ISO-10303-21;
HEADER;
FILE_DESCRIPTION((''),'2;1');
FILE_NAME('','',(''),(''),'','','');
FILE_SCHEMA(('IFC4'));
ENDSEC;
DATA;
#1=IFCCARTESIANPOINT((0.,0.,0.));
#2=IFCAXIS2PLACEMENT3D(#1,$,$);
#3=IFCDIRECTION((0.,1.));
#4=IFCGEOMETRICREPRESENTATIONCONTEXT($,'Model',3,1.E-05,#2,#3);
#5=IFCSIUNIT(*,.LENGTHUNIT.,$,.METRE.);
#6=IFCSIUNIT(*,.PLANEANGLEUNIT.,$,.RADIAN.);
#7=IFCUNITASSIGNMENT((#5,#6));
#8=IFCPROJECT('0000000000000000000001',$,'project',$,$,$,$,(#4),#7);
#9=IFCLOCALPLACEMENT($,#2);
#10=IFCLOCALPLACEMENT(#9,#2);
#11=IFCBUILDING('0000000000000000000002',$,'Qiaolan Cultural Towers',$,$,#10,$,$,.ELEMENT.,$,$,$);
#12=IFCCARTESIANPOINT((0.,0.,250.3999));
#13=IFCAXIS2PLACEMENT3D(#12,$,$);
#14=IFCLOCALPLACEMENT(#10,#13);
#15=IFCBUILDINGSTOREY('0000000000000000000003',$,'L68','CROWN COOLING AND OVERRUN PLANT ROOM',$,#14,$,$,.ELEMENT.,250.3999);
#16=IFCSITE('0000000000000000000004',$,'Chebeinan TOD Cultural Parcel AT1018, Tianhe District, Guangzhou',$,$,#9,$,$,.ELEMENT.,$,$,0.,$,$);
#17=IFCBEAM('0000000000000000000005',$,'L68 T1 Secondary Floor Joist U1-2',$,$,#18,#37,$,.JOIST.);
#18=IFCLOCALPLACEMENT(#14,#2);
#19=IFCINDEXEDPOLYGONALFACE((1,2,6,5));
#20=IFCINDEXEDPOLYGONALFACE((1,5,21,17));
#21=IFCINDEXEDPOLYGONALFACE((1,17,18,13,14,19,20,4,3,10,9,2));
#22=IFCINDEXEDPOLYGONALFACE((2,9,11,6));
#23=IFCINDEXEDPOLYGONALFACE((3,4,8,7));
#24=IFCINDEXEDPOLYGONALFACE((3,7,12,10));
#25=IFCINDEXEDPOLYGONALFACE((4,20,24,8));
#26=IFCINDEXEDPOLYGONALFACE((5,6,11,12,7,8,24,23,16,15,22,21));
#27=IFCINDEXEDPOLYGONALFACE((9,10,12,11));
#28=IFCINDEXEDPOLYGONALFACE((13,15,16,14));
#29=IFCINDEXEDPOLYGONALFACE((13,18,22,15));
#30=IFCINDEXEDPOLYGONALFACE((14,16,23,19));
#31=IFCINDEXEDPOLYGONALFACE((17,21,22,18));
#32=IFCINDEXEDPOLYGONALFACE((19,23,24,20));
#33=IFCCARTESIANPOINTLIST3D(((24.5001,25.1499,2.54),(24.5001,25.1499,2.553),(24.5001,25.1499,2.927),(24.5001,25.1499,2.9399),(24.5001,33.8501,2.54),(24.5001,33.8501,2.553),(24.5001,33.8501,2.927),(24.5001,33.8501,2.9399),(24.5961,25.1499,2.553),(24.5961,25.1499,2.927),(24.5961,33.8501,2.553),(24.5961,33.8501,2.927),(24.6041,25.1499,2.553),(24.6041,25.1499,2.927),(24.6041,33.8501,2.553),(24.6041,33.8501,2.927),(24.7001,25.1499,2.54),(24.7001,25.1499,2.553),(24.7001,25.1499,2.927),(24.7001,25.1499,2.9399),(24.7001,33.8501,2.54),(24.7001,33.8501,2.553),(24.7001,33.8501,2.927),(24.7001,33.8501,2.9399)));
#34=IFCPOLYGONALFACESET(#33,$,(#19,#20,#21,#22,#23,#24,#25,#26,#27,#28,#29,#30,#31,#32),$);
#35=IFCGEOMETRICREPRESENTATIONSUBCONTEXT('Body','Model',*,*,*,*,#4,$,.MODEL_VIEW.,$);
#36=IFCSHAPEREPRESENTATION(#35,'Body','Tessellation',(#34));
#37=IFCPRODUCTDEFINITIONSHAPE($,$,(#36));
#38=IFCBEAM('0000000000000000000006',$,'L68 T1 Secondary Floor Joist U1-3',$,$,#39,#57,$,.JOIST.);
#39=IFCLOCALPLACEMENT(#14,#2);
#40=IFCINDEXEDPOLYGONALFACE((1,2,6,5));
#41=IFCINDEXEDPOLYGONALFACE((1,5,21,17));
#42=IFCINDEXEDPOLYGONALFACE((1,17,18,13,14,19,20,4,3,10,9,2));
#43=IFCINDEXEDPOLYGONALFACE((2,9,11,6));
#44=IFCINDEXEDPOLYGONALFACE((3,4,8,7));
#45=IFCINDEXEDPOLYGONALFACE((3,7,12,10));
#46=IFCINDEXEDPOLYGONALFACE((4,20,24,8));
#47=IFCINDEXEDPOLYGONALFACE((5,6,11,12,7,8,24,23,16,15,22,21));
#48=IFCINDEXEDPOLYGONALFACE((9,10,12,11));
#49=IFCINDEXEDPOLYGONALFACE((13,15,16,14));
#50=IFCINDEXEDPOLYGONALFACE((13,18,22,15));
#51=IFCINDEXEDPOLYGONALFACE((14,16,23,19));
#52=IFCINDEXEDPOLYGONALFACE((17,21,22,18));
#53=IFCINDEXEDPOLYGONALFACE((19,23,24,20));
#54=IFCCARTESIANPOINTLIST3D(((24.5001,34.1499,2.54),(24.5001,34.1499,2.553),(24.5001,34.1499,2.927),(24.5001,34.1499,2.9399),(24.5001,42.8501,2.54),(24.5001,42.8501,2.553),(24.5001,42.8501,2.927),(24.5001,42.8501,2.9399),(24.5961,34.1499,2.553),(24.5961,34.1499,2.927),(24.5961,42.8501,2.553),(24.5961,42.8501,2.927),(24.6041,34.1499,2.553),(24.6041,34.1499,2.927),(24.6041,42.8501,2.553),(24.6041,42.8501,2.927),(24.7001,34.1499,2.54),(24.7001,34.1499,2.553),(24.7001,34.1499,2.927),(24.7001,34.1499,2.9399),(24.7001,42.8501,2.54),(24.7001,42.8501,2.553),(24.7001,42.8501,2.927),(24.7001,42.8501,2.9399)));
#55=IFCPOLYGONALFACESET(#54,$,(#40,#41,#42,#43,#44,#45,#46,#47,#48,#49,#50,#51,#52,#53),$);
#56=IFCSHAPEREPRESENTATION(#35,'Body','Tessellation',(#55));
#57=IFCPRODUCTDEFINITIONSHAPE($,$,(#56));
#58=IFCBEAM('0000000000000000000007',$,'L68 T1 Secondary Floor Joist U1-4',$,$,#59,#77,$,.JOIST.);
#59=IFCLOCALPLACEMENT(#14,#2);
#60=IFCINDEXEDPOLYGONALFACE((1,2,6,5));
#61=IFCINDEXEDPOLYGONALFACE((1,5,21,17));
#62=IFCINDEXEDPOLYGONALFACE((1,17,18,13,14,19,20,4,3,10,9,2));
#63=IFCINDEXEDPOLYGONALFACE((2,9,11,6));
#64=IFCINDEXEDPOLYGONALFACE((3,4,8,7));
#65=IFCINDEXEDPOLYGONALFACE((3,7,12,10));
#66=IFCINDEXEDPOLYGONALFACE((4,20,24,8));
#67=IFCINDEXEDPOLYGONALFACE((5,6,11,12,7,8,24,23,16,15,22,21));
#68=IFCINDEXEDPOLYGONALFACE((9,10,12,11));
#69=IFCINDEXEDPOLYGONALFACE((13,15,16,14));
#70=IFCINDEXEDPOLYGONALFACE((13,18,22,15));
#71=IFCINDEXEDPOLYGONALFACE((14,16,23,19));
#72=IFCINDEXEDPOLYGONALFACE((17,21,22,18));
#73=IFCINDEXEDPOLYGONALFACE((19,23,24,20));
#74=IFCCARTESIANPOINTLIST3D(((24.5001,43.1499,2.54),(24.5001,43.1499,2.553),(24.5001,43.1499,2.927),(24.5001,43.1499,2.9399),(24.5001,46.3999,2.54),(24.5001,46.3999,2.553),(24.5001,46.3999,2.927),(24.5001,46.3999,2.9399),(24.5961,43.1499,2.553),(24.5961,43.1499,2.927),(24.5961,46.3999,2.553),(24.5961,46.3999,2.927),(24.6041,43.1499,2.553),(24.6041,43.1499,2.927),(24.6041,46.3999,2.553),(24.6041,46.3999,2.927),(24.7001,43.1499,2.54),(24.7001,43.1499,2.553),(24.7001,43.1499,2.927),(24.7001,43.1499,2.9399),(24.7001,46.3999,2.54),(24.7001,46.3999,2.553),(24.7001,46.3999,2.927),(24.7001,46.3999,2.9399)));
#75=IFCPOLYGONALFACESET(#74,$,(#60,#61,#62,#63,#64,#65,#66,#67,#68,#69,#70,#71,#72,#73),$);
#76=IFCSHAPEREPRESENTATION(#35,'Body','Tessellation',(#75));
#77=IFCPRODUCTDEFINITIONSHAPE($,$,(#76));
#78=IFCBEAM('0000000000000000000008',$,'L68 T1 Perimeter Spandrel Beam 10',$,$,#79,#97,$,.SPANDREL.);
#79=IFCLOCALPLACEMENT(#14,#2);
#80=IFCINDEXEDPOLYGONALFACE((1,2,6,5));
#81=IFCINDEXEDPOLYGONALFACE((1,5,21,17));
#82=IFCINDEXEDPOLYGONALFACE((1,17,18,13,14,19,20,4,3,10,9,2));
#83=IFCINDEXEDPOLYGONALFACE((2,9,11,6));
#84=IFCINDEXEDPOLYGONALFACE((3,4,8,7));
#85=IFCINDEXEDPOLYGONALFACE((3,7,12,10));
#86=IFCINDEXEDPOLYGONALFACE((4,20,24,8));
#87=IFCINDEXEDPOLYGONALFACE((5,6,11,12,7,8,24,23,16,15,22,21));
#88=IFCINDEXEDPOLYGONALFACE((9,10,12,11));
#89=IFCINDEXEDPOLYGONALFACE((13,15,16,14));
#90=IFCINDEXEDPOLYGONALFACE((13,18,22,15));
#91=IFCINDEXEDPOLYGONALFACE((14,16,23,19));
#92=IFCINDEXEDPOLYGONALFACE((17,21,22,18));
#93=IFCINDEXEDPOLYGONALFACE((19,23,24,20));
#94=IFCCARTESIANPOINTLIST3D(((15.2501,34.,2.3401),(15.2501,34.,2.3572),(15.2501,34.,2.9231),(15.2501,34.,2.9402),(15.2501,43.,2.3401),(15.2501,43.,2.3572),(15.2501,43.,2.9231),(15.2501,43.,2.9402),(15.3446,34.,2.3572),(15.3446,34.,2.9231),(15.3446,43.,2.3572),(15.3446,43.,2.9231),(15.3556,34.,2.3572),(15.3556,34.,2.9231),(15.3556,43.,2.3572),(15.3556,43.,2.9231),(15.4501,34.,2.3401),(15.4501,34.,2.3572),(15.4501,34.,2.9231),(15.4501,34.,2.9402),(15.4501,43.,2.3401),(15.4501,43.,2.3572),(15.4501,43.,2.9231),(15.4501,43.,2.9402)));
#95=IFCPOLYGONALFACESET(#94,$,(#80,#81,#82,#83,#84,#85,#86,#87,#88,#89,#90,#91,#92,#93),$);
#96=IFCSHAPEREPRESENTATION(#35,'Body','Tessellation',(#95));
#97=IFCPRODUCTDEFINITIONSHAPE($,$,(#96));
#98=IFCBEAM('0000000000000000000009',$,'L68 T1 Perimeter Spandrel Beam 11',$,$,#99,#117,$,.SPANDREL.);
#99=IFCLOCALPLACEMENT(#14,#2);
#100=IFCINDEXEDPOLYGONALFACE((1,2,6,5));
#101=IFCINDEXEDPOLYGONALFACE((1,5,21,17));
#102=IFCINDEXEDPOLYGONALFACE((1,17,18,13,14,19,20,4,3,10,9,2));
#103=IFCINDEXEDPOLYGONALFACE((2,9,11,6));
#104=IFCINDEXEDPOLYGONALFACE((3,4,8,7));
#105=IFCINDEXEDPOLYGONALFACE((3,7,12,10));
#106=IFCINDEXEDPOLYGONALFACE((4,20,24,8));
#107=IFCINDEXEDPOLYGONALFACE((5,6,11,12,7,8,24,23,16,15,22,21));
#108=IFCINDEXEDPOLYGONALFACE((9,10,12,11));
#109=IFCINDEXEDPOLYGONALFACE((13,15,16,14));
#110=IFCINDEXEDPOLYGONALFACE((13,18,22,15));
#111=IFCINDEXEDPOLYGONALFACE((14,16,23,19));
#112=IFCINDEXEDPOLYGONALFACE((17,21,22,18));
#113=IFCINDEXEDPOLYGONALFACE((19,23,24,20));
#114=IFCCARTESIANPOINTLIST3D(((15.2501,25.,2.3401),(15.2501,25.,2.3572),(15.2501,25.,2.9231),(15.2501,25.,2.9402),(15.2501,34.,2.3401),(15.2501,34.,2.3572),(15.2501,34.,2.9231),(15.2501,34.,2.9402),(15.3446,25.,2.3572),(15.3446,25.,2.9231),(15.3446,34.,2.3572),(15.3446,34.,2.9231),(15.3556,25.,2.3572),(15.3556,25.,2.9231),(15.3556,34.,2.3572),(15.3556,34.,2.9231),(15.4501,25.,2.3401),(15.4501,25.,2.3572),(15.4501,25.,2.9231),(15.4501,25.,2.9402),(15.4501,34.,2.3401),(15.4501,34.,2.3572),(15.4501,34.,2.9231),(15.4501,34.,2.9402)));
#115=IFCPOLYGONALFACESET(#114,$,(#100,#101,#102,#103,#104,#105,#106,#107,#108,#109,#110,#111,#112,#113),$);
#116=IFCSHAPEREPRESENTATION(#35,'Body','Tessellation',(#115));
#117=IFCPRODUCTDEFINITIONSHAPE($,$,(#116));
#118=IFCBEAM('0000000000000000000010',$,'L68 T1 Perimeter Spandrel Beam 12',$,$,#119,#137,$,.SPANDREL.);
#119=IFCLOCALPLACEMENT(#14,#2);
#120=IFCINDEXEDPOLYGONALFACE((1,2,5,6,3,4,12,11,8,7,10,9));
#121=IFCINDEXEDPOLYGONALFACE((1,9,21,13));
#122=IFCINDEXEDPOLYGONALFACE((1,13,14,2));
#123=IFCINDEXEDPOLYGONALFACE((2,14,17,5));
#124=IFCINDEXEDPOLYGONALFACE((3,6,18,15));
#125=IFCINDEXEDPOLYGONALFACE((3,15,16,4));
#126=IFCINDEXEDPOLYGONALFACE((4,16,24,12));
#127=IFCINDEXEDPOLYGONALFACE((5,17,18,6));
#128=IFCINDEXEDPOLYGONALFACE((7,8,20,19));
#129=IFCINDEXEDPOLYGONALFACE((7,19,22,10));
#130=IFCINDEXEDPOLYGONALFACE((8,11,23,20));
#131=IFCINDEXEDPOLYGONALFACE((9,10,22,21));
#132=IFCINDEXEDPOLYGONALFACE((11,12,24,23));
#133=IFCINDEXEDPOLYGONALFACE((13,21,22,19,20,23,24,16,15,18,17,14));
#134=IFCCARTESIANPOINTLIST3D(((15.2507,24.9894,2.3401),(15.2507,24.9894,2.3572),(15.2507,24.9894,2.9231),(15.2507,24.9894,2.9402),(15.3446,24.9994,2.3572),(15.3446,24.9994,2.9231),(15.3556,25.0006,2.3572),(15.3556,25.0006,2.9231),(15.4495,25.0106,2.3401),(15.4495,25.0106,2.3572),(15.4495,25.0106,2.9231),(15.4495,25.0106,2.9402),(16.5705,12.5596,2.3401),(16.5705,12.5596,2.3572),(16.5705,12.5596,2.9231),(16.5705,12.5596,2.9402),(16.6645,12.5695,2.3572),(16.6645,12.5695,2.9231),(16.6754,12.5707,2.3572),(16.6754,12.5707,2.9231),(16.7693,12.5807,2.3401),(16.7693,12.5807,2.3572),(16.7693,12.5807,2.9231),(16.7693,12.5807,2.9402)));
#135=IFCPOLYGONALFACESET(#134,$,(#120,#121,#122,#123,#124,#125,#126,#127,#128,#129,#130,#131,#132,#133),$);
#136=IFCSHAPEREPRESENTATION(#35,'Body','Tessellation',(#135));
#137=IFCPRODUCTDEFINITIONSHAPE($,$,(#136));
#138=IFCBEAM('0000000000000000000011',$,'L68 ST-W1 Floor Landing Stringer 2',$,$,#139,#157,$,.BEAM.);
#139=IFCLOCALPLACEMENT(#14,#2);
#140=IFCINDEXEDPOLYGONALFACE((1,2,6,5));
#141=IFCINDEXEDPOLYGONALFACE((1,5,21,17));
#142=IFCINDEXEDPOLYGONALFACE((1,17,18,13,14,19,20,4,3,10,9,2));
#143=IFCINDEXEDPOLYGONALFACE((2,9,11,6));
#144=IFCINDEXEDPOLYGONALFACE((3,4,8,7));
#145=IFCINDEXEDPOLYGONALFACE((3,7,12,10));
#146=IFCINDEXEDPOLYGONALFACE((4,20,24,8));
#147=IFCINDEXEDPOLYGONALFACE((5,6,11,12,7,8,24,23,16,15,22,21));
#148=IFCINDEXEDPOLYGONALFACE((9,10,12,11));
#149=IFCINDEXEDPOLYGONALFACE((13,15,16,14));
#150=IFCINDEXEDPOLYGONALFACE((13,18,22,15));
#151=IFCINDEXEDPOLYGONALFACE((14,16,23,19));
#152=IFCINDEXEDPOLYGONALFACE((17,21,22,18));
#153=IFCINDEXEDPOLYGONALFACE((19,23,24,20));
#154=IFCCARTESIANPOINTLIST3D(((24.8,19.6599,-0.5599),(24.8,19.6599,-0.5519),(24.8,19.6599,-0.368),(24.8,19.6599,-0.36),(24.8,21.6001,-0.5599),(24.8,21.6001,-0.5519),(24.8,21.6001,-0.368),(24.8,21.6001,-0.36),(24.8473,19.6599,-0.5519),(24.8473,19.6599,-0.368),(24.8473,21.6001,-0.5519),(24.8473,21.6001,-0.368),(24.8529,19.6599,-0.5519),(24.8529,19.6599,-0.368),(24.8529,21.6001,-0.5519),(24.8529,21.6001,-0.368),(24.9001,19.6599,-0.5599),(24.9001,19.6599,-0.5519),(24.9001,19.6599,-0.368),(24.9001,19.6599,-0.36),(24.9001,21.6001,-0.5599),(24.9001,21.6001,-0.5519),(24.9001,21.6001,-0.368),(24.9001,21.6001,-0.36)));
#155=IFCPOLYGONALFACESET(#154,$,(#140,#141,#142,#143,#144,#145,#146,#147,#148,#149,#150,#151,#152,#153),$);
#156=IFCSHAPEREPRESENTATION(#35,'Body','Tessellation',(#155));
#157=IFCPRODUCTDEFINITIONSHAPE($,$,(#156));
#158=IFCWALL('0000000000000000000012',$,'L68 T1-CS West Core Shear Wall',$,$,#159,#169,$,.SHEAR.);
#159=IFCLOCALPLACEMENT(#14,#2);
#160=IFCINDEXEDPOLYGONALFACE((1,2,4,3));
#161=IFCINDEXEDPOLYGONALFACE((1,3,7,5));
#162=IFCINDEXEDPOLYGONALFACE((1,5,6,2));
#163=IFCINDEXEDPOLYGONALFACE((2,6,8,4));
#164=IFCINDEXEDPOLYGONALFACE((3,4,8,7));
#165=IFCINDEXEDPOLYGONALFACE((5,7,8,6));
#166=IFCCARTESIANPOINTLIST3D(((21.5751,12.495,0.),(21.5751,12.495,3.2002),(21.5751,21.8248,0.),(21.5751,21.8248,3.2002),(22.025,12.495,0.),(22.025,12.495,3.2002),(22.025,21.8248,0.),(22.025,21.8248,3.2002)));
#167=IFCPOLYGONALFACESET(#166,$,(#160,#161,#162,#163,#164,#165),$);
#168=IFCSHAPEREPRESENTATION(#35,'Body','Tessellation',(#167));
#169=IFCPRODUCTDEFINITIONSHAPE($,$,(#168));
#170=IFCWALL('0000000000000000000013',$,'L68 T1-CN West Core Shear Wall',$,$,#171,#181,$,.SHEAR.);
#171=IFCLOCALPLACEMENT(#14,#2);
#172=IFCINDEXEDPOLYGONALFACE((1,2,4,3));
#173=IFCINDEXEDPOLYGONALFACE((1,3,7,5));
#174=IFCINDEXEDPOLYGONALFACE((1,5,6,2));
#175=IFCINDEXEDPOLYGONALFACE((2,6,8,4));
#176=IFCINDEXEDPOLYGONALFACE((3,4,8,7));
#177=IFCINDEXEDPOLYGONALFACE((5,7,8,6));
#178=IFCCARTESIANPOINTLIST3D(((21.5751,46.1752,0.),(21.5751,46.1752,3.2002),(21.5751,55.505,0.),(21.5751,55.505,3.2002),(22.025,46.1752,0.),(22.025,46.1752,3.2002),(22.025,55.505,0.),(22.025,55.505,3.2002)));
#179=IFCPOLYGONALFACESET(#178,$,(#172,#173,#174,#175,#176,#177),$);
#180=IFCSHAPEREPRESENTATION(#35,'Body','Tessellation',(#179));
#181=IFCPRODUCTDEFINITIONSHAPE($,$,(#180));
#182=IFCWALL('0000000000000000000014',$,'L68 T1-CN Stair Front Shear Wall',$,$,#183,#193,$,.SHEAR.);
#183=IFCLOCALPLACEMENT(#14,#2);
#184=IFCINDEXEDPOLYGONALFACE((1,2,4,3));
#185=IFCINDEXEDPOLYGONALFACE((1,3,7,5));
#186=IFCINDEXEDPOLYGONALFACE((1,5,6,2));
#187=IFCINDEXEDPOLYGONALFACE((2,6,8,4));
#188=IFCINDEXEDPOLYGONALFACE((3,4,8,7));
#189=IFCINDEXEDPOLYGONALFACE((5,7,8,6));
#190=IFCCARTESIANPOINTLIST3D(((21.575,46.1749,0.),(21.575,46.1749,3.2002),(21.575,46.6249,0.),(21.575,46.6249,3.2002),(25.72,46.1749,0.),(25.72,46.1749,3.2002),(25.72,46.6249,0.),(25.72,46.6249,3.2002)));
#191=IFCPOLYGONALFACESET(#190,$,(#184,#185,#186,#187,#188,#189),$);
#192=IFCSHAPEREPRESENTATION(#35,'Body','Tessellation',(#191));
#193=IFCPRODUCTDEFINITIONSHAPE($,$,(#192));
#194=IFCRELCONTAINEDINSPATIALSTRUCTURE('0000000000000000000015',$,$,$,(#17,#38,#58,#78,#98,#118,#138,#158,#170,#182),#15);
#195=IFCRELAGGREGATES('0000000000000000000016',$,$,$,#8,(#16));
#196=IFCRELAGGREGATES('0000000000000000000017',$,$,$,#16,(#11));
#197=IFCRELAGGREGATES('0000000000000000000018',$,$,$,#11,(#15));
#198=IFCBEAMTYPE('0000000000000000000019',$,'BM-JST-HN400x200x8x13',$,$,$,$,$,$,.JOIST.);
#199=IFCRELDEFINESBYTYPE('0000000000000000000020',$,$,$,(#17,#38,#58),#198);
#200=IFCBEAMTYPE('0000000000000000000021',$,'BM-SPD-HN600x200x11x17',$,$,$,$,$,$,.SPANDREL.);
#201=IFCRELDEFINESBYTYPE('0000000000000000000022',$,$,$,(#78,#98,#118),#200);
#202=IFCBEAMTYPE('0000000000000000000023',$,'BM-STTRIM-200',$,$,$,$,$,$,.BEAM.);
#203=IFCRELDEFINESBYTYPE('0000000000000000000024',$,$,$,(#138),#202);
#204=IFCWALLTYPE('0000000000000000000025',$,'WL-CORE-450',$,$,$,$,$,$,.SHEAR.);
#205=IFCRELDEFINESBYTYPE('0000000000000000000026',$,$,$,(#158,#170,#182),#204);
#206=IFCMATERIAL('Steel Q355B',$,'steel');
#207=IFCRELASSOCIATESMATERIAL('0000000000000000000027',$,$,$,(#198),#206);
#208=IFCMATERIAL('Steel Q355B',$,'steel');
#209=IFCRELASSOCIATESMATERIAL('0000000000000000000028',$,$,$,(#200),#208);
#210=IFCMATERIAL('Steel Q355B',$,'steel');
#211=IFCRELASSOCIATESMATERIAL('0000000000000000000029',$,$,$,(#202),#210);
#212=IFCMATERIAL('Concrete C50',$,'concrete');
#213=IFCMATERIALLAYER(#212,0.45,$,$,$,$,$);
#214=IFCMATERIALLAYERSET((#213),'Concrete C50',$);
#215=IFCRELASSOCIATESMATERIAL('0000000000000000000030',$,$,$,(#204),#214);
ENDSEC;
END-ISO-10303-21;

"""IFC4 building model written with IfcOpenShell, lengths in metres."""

from ifc_helpers import new_model, si_unit, direction, frame, frame_2d, origin, origin_2d, place, context, subcontext, project, spatial, rectangle, i_section, extrude, material, layer, layer_set, material_profile, profile_set, type_object, element, save


model = new_model("IFC4")

# Units and contexts
model_context = context("Model", 3, precision=1e-05, world=origin(), true_north=direction((0.0, 1.0)))
body_context = subcontext(model_context, "Body", "Model", "MODEL_VIEW")
ifc_project = project(units=[si_unit("LENGTHUNIT", "METRE"), si_unit("PLANEANGLEUNIT", "RADIAN")], contexts=[model_context])

# Site, building, storey
site_placement = place(None, origin())
site = spatial("IfcSite", under=ifc_project, at=site_placement, Name="Chebeinan TOD Cultural Parcel AT1018, Tianhe District, Guangzhou", CompositionType="ELEMENT", RefElevation=0.0)
building_placement = place(site_placement, origin())
building = spatial("IfcBuilding", under=site, at=building_placement, Name="Qiaolan Cultural Towers", CompositionType="ELEMENT")
storey_placement = place(building_placement, frame((0.0, 0.0, 250.3999)))
storey = spatial("IfcBuildingStorey", under=building, at=storey_placement, Name="L68", Description="CROWN COOLING AND OVERRUN PLANT ROOM", CompositionType="ELEMENT", Elevation=250.3999)

# Beams
ifc_material_1 = material(Name="Steel Q355B", Category="steel")
ifc_material_profile_1 = material_profile(ifc_material_1, i_section(OverallWidth=0.2, OverallDepth=0.3999, WebThickness=0.0081, FlangeThickness=0.0129, at=origin_2d()), Name="HN400x200x8x13")
ifc_profile_set_1 = profile_set([ifc_material_profile_1], Name="Steel Q355B")
beam_type_1 = type_object("IfcBeamType", Name="BM-JST-HN400x200x8x13", PredefinedType="JOIST", material=ifc_profile_set_1)
for number, where, z_axis, x_axis, name in (
    (1, (24.6001, 25.1499, 2.74), (0.0, 1.0, 0.0), (-1.0, 0.0, 0.0), "L68 T1 Secondary Floor Joist U1-2"),
    (2, (24.6001, 34.1499, 2.74), (0.0, 1.0, 0.0), (-1.0, 0.0, 0.0), "L68 T1 Secondary Floor Joist U1-3"),
):
    element("IfcBeam", number, at=place(storey_placement, frame(where, z_axis=z_axis, x_axis=x_axis)), inside=storey, type_object=beam_type_1, Name=name, PredefinedType="JOIST", context=body_context, shape_type="SweptSolid", body=[
        extrude(i_section(OverallWidth=0.2, OverallDepth=0.3999, WebThickness=0.0081, FlangeThickness=0.0129, at=origin_2d()), origin(), (0.0, 0.0, 1.0), 8.7002),
    ])
beam_1_placement = place(storey_placement, frame((24.6001, 43.1499, 2.74), z_axis=(0.0, 1.0, 0.0), x_axis=(-1.0, 0.0, 0.0)))
element("IfcBeam", 3, at=beam_1_placement, inside=storey, type_object=beam_type_1, Name="L68 T1 Secondary Floor Joist U1-4", PredefinedType="JOIST", context=body_context, shape_type="SweptSolid", body=[
    extrude(i_section(OverallWidth=0.2, OverallDepth=0.3999, WebThickness=0.0081, FlangeThickness=0.0129, at=origin_2d()), origin(), (0.0, 0.0, 1.0), 3.25),
])
ifc_material_2 = material(Name="Steel Q355B", Category="steel")
ifc_material_profile_2 = material_profile(ifc_material_2, i_section(OverallWidth=0.2, OverallDepth=0.6001, WebThickness=0.011, FlangeThickness=0.0171, at=origin_2d()), Name="HN600x200x11x17")
ifc_profile_set_2 = profile_set([ifc_material_profile_2], Name="Steel Q355B")
beam_type_2 = type_object("IfcBeamType", Name="BM-SPD-HN600x200x11x17", PredefinedType="SPANDREL", material=ifc_profile_set_2)
for number, where, z_axis, x_axis, name in (
    (4, (15.3501, 43.0, 2.6401), (0.0, -1.0, 0.0), (1.0, 0.0, 0.0), "L68 T1 Perimeter Spandrel Beam 10"),
    (5, (15.3501, 34.0, 2.6401), (0.0, -1.0, 0.0), (1.0, 0.0, 0.0), "L68 T1 Perimeter Spandrel Beam 11"),
):
    element("IfcBeam", number, at=place(storey_placement, frame(where, z_axis=z_axis, x_axis=x_axis)), inside=storey, type_object=beam_type_2, Name=name, PredefinedType="SPANDREL", context=body_context, shape_type="SweptSolid", body=[
        extrude(i_section(OverallWidth=0.2, OverallDepth=0.6001, WebThickness=0.011, FlangeThickness=0.0171, at=origin_2d()), origin(), (0.0, 0.0, 1.0), 9.0),
    ])
beam_2_placement = place(storey_placement, frame((15.3501, 25.0, 2.6401), z_axis=(0.105588, -0.99441, 0.0), x_axis=(0.99441, 0.105588, 0.0)))
element("IfcBeam", 6, at=beam_2_placement, inside=storey, type_object=beam_type_2, Name="L68 T1 Perimeter Spandrel Beam 12", PredefinedType="SPANDREL", context=body_context, shape_type="SweptSolid", body=[
    extrude(i_section(OverallWidth=0.2, OverallDepth=0.6001, WebThickness=0.011, FlangeThickness=0.0171, at=origin_2d()), origin(), (0.0, 0.0, 1.0), 12.4998),
])
ifc_material_3 = material(Name="Steel Q355B", Category="steel")
ifc_material_profile_3 = material_profile(ifc_material_3, i_section(OverallWidth=0.1001, OverallDepth=0.2, WebThickness=0.0056, FlangeThickness=0.0081, at=origin_2d()), Name="HN200x100x5.5x8")
ifc_profile_set_3 = profile_set([ifc_material_profile_3], Name="Steel Q355B")
beam_type_3 = type_object("IfcBeamType", Name="BM-STTRIM-200", PredefinedType="BEAM", material=ifc_profile_set_3)
beam_3_placement = place(storey_placement, frame((24.8501, 21.6001, -0.46), z_axis=(0.0, -1.0, 0.0), x_axis=(1.0, 0.0, 0.0)))
element("IfcBeam", 7, at=beam_3_placement, inside=storey, type_object=beam_type_3, Name="L68 ST-W1 Floor Landing Stringer 2", PredefinedType="BEAM", context=body_context, shape_type="SweptSolid", body=[
    extrude(i_section(OverallWidth=0.1001, OverallDepth=0.2, WebThickness=0.0056, FlangeThickness=0.0081, at=origin_2d()), origin(), (0.0, 0.0, 1.0), 1.9402),
])

# Walls
ifc_material_4 = material(Name="Concrete C50", Category="concrete")
ifc_layer_1 = layer(ifc_material_4, 0.45)
ifc_layer_set_1 = layer_set([ifc_layer_1], Name="Concrete C50")
wall_type_1 = type_object("IfcWallType", Name="WL-CORE-450", PredefinedType="SHEAR", material=ifc_layer_set_1)
for number, where, z_axis, x_axis, name in (
    (8, (21.8, 21.825, 0.0), (0.0, 0.0, 1.0), (0.0, -1.0, 0.0), "L68 T1-CS West Core Shear Wall"),
    (9, (21.8, 46.175, 0.0), (0.0, 0.0, 1.0), (0.0, 1.0, 0.0), "L68 T1-CN West Core Shear Wall"),
):
    element("IfcWall", number, at=place(storey_placement, frame(where, z_axis=z_axis, x_axis=x_axis)), inside=storey, type_object=wall_type_1, Name=name, PredefinedType="SHEAR", context=body_context, shape_type="SweptSolid", body=[
        extrude(rectangle(XDim=9.3298, YDim=0.45, at=frame_2d((4.665, 0.0))), origin(), (0.0, 0.0, 1.0), 3.2002),
    ])
wall_1_placement = place(storey_placement, frame((21.575, 46.3999, 0.0), z_axis=(0.0, 0.0, 1.0), x_axis=(1.0, 0.0, 0.0)))
element("IfcWall", 10, at=wall_1_placement, inside=storey, type_object=wall_type_1, Name="L68 T1-CN Stair Front Shear Wall", PredefinedType="SHEAR", context=body_context, shape_type="SweptSolid", body=[
    extrude(rectangle(XDim=4.145, YDim=0.45, at=frame_2d((2.0725, 0.0))), origin(), (0.0, 0.0, 1.0), 3.2002),
])

save(model, "model.ifc")
